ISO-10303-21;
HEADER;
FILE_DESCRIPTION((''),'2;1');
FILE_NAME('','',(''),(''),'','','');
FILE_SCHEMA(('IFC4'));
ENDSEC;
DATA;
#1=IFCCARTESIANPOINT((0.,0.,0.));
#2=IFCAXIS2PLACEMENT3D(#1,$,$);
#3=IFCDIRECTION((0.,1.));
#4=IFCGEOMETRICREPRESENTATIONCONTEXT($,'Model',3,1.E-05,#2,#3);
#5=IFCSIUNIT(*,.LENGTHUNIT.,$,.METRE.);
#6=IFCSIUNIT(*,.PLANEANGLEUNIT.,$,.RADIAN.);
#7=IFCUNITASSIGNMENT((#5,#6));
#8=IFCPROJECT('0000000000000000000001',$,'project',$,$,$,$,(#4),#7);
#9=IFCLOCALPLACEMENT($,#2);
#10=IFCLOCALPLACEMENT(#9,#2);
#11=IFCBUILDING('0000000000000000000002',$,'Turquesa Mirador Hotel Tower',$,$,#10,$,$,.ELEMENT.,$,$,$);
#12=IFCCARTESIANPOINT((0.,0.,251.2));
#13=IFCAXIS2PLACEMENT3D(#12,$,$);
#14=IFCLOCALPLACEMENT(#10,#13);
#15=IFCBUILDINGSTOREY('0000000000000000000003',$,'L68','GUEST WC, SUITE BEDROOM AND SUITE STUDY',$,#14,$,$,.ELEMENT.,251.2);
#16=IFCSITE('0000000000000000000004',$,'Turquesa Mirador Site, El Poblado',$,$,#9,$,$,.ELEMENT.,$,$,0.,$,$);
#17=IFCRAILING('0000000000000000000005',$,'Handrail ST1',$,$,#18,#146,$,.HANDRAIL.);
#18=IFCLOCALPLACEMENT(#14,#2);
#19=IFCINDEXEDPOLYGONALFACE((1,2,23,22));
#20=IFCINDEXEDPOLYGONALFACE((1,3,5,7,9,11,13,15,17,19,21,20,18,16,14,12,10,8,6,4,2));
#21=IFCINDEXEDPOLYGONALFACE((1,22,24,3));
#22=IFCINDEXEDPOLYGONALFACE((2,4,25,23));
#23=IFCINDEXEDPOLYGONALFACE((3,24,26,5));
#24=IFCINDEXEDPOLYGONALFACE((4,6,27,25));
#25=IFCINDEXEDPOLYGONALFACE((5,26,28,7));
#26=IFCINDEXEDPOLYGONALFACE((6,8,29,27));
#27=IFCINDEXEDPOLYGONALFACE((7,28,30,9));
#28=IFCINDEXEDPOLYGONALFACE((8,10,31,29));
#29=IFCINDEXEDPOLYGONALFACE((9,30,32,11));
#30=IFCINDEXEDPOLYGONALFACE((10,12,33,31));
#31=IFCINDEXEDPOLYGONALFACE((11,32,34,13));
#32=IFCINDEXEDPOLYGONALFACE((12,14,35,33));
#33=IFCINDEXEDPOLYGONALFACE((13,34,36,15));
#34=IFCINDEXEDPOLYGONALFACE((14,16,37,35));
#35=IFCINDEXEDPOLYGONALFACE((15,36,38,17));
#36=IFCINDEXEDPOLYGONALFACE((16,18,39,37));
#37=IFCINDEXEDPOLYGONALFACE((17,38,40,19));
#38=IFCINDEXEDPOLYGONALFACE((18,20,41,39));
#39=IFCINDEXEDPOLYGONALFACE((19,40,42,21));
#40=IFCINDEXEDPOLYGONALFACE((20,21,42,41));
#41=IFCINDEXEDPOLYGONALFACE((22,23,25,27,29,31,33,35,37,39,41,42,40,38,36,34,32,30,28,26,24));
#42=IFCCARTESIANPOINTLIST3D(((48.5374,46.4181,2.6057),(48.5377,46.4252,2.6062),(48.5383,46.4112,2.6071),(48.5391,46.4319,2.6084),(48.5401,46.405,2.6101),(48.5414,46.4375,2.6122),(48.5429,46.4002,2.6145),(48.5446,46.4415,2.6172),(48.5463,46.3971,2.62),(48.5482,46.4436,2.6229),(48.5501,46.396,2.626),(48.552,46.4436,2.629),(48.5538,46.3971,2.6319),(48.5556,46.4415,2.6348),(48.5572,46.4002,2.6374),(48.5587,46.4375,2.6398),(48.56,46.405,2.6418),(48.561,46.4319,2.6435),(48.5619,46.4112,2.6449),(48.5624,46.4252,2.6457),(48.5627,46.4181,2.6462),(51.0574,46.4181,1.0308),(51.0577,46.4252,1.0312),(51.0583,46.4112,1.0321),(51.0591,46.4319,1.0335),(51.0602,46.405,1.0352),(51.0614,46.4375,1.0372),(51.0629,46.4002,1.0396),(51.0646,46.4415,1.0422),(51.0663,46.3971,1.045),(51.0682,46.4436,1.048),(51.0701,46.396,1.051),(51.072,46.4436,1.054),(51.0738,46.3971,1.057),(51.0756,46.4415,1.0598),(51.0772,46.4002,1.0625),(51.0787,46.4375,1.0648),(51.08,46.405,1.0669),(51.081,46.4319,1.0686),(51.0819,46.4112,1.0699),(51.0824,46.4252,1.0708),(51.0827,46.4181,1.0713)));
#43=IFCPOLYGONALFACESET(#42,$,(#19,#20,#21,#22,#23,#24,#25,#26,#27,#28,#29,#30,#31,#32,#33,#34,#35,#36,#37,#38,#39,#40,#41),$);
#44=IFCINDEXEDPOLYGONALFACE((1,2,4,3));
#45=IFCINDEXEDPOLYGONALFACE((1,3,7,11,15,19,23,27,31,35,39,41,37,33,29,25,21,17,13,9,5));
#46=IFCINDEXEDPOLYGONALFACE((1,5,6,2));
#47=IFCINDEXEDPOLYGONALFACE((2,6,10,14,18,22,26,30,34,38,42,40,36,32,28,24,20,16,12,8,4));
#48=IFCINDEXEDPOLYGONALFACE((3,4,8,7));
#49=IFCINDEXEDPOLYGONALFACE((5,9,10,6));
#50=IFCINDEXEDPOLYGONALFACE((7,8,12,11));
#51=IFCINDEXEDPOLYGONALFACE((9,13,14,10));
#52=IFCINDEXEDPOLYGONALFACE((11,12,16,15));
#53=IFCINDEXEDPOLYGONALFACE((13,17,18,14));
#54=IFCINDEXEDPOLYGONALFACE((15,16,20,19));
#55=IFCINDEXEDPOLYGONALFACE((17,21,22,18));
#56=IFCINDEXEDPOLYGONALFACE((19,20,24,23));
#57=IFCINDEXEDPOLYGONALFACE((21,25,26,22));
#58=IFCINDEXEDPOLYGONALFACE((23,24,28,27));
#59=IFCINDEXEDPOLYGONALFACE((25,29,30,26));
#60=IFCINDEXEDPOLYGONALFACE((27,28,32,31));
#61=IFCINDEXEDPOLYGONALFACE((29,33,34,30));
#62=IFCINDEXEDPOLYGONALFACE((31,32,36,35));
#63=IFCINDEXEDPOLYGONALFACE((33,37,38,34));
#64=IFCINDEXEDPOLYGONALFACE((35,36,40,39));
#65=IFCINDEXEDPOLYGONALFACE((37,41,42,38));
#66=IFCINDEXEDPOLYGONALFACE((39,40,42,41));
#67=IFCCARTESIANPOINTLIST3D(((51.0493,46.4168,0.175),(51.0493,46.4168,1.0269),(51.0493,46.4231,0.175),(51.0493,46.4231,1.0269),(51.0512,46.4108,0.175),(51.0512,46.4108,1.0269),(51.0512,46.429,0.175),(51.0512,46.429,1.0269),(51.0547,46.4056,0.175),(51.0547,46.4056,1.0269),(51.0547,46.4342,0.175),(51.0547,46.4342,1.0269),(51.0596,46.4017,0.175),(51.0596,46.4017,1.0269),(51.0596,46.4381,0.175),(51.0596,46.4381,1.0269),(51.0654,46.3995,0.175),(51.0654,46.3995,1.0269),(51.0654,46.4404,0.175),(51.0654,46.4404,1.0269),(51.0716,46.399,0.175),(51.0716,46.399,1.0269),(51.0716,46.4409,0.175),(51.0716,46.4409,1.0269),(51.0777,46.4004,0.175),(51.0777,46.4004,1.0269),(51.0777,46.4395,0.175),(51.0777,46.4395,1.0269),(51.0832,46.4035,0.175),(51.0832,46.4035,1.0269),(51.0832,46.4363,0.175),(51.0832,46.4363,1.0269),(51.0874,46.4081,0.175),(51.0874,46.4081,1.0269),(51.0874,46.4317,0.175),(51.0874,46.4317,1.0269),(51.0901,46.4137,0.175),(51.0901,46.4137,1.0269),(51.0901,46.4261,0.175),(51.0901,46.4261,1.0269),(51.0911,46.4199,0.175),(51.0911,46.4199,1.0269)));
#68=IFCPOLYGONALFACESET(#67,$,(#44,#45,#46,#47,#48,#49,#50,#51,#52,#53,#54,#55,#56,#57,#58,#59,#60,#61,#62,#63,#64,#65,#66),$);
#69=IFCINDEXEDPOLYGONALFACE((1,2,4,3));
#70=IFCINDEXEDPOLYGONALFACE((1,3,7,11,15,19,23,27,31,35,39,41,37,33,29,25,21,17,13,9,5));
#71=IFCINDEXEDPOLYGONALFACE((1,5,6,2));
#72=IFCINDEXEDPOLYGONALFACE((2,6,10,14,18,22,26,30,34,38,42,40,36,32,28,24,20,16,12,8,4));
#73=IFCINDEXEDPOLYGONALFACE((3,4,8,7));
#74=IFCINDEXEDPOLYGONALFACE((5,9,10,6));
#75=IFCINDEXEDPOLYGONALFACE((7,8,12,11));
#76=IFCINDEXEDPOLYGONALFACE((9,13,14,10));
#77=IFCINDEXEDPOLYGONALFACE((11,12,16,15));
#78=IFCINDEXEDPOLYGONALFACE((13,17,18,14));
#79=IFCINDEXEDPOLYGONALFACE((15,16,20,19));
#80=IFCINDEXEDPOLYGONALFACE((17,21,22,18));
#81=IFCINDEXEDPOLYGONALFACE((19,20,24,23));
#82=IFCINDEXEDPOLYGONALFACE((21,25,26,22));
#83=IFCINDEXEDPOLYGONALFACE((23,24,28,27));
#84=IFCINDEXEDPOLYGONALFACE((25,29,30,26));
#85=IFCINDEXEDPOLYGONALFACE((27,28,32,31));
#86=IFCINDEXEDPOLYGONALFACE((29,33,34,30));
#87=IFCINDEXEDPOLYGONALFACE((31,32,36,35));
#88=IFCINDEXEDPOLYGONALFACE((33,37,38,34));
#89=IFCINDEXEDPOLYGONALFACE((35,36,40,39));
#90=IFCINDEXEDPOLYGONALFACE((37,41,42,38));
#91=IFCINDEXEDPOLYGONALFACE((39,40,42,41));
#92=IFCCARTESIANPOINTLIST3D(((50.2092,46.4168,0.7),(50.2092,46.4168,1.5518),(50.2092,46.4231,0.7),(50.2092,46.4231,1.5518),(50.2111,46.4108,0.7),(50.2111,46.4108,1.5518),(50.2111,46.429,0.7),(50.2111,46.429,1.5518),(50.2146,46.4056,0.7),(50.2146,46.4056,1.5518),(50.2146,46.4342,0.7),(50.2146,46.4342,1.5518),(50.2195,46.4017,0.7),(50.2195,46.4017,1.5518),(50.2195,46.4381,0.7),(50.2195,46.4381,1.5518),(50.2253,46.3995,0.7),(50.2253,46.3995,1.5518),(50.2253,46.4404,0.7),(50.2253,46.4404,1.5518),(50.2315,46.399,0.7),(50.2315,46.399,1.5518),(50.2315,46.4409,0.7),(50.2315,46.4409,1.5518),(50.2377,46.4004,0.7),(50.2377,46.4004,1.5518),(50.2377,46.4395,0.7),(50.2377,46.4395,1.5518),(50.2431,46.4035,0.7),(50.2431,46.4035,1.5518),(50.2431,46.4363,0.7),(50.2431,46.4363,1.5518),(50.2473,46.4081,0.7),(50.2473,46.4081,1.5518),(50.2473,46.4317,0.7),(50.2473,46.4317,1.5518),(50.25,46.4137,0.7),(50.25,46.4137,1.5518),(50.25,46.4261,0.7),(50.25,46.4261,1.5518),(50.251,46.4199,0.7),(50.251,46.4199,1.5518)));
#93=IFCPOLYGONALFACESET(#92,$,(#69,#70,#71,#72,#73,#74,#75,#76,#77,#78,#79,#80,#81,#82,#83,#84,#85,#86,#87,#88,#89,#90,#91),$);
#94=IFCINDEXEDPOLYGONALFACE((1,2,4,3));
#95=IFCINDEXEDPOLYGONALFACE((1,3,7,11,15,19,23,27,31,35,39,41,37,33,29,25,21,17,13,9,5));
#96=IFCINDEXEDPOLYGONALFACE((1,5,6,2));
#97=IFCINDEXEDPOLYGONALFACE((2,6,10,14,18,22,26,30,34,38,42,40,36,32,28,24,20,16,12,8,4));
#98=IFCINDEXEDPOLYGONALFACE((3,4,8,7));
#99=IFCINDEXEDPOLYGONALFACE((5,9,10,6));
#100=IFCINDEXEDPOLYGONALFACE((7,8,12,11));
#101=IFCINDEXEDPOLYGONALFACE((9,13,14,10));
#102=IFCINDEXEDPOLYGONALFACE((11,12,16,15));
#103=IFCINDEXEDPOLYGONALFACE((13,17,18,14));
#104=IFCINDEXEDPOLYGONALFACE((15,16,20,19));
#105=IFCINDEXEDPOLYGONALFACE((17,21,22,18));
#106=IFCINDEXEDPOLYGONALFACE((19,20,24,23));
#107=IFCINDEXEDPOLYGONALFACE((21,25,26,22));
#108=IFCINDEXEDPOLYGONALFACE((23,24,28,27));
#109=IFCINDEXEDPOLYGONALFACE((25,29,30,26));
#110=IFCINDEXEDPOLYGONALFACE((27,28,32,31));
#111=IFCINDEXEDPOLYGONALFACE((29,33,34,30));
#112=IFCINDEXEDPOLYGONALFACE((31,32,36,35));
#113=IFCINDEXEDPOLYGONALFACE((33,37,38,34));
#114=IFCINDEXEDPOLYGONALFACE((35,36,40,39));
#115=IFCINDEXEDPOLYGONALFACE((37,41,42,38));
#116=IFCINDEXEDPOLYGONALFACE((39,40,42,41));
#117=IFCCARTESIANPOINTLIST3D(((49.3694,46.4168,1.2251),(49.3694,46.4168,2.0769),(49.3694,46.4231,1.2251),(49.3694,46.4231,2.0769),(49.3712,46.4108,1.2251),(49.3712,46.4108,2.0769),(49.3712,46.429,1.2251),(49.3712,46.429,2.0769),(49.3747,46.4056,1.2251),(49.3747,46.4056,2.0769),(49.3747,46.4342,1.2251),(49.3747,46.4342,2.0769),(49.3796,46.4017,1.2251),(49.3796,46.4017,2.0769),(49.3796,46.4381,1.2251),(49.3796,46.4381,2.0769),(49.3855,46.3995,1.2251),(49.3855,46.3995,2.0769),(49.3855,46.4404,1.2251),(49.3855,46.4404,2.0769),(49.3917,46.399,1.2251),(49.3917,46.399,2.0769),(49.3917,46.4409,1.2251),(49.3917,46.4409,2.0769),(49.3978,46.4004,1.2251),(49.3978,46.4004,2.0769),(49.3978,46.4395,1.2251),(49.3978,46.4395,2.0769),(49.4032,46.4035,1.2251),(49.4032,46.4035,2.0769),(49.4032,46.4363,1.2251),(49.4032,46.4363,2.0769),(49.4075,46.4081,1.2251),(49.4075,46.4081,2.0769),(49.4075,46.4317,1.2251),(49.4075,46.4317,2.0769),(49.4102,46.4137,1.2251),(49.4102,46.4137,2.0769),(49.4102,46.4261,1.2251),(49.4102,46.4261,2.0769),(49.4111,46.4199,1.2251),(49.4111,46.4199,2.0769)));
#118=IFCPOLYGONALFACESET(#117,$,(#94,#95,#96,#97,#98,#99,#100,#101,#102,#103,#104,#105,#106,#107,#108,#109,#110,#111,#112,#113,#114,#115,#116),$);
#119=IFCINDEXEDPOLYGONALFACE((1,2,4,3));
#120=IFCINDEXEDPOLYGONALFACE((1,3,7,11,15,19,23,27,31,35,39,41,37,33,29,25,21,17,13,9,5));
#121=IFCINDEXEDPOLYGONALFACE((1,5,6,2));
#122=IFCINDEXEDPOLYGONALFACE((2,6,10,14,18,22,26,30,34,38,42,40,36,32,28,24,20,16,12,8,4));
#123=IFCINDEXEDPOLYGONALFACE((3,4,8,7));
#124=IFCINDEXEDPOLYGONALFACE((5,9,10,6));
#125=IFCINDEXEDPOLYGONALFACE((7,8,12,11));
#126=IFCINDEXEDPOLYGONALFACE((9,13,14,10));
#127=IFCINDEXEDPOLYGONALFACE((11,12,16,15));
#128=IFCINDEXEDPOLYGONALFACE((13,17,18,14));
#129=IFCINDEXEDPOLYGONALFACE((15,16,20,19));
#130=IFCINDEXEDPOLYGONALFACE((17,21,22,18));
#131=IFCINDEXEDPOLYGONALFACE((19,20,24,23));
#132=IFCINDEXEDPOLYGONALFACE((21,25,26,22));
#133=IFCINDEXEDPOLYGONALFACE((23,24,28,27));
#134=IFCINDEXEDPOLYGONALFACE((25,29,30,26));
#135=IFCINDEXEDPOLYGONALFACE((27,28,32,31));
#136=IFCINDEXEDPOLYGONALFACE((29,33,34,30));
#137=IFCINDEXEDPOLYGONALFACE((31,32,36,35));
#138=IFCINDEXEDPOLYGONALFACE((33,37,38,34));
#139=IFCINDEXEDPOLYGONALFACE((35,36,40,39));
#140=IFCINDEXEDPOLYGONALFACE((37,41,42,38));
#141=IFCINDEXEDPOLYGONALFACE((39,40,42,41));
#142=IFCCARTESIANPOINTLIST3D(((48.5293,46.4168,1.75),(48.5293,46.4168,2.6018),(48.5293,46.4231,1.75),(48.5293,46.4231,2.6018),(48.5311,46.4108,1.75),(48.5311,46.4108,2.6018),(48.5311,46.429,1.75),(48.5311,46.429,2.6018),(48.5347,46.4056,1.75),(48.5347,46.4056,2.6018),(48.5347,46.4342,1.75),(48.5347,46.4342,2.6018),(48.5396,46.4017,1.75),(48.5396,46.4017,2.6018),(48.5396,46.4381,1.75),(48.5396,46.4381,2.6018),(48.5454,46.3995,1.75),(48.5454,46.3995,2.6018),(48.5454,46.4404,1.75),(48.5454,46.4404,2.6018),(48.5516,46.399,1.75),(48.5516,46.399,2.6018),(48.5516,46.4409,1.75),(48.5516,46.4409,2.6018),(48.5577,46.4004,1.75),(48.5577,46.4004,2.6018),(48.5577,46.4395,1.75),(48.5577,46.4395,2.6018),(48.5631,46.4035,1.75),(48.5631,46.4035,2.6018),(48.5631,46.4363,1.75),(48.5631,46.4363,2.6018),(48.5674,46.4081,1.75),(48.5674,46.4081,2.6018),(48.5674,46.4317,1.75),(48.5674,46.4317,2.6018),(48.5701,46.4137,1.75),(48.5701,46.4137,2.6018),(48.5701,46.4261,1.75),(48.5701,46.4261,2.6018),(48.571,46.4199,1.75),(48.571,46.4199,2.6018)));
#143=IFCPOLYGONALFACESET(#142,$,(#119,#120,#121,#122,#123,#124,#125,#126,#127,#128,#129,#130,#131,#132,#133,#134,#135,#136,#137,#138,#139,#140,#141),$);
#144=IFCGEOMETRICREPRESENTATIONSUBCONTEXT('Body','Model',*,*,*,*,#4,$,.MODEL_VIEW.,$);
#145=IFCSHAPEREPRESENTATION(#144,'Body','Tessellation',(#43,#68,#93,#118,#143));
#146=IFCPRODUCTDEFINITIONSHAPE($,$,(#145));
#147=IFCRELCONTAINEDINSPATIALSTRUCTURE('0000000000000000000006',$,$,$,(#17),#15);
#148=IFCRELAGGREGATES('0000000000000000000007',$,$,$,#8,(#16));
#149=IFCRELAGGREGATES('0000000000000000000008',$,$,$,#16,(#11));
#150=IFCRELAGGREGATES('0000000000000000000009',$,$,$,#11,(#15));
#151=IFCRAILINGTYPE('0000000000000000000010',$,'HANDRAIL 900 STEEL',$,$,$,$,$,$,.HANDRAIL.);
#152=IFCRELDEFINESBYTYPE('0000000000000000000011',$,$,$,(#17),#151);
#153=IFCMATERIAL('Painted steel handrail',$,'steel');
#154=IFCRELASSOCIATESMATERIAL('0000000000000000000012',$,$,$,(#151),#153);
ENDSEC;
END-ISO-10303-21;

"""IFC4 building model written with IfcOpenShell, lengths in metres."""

from ifc_helpers import new_model, si_unit, direction, frame, origin, origin_2d, place, context, subcontext, project, spatial, circle, extrude, material, type_object, element, save


model = new_model("IFC4")

# Units and contexts
model_context = context("Model", 3, precision=1e-05, world=origin(), true_north=direction((0.0, 1.0)))
body_context = subcontext(model_context, "Body", "Model", "MODEL_VIEW")
ifc_project = project(units=[si_unit("LENGTHUNIT", "METRE"), si_unit("PLANEANGLEUNIT", "RADIAN")], contexts=[model_context])

# Site, building, storey
site_placement = place(None, origin())
site = spatial("IfcSite", under=ifc_project, at=site_placement, Name="Turquesa Mirador Site, El Poblado", CompositionType="ELEMENT", RefElevation=0.0)
building_placement = place(site_placement, origin())
building = spatial("IfcBuilding", under=site, at=building_placement, Name="Turquesa Mirador Hotel Tower", CompositionType="ELEMENT")
storey_placement = place(building_placement, frame((0.0, 0.0, 251.2)))
storey = spatial("IfcBuildingStorey", under=building, at=storey_placement, Name="L68", Description="GUEST WC, SUITE BEDROOM AND SUITE STUDY", CompositionType="ELEMENT", Elevation=251.2)

# Railing
ifc_material_1 = material(Name="Painted steel handrail", Category="steel")
railing_type = type_object("IfcRailingType", Name="HANDRAIL 900 STEEL", PredefinedType="HANDRAIL", material=ifc_material_1)
railing_1_placement = place(storey_placement, frame((51.0701, 46.4199, 0.175)))
element("IfcRailing", 1, at=railing_1_placement, inside=storey, type_object=railing_type, Name="Handrail ST1", PredefinedType="HANDRAIL", context=body_context, shape_type="SweptSolid", body=[
    extrude(circle(Radius=0.0239, at=origin_2d()), frame((0.0, 0.0, 0.876), z_axis=(-0.848008, 0.0, 0.529984), x_axis=(0.0, -1.0, 0.0)), (0.0, 0.0, 1.0), 2.9717),
    extrude(circle(Radius=0.021, at=origin_2d()), origin(), (0.0, 0.0, 1.0), 0.8518),
    extrude(circle(Radius=0.021, at=origin_2d()), frame((-0.8401, 0.0, 0.5249)), (0.0, 0.0, 1.0), 0.8518),
    extrude(circle(Radius=0.021, at=origin_2d()), frame((-1.6799, 0.0, 1.05)), (0.0, 0.0, 1.0), 0.8518),
    extrude(circle(Radius=0.021, at=origin_2d()), frame((-2.52, 0.0, 1.575)), (0.0, 0.0, 1.0), 0.8518),
])

save(model, "model.ifc")
